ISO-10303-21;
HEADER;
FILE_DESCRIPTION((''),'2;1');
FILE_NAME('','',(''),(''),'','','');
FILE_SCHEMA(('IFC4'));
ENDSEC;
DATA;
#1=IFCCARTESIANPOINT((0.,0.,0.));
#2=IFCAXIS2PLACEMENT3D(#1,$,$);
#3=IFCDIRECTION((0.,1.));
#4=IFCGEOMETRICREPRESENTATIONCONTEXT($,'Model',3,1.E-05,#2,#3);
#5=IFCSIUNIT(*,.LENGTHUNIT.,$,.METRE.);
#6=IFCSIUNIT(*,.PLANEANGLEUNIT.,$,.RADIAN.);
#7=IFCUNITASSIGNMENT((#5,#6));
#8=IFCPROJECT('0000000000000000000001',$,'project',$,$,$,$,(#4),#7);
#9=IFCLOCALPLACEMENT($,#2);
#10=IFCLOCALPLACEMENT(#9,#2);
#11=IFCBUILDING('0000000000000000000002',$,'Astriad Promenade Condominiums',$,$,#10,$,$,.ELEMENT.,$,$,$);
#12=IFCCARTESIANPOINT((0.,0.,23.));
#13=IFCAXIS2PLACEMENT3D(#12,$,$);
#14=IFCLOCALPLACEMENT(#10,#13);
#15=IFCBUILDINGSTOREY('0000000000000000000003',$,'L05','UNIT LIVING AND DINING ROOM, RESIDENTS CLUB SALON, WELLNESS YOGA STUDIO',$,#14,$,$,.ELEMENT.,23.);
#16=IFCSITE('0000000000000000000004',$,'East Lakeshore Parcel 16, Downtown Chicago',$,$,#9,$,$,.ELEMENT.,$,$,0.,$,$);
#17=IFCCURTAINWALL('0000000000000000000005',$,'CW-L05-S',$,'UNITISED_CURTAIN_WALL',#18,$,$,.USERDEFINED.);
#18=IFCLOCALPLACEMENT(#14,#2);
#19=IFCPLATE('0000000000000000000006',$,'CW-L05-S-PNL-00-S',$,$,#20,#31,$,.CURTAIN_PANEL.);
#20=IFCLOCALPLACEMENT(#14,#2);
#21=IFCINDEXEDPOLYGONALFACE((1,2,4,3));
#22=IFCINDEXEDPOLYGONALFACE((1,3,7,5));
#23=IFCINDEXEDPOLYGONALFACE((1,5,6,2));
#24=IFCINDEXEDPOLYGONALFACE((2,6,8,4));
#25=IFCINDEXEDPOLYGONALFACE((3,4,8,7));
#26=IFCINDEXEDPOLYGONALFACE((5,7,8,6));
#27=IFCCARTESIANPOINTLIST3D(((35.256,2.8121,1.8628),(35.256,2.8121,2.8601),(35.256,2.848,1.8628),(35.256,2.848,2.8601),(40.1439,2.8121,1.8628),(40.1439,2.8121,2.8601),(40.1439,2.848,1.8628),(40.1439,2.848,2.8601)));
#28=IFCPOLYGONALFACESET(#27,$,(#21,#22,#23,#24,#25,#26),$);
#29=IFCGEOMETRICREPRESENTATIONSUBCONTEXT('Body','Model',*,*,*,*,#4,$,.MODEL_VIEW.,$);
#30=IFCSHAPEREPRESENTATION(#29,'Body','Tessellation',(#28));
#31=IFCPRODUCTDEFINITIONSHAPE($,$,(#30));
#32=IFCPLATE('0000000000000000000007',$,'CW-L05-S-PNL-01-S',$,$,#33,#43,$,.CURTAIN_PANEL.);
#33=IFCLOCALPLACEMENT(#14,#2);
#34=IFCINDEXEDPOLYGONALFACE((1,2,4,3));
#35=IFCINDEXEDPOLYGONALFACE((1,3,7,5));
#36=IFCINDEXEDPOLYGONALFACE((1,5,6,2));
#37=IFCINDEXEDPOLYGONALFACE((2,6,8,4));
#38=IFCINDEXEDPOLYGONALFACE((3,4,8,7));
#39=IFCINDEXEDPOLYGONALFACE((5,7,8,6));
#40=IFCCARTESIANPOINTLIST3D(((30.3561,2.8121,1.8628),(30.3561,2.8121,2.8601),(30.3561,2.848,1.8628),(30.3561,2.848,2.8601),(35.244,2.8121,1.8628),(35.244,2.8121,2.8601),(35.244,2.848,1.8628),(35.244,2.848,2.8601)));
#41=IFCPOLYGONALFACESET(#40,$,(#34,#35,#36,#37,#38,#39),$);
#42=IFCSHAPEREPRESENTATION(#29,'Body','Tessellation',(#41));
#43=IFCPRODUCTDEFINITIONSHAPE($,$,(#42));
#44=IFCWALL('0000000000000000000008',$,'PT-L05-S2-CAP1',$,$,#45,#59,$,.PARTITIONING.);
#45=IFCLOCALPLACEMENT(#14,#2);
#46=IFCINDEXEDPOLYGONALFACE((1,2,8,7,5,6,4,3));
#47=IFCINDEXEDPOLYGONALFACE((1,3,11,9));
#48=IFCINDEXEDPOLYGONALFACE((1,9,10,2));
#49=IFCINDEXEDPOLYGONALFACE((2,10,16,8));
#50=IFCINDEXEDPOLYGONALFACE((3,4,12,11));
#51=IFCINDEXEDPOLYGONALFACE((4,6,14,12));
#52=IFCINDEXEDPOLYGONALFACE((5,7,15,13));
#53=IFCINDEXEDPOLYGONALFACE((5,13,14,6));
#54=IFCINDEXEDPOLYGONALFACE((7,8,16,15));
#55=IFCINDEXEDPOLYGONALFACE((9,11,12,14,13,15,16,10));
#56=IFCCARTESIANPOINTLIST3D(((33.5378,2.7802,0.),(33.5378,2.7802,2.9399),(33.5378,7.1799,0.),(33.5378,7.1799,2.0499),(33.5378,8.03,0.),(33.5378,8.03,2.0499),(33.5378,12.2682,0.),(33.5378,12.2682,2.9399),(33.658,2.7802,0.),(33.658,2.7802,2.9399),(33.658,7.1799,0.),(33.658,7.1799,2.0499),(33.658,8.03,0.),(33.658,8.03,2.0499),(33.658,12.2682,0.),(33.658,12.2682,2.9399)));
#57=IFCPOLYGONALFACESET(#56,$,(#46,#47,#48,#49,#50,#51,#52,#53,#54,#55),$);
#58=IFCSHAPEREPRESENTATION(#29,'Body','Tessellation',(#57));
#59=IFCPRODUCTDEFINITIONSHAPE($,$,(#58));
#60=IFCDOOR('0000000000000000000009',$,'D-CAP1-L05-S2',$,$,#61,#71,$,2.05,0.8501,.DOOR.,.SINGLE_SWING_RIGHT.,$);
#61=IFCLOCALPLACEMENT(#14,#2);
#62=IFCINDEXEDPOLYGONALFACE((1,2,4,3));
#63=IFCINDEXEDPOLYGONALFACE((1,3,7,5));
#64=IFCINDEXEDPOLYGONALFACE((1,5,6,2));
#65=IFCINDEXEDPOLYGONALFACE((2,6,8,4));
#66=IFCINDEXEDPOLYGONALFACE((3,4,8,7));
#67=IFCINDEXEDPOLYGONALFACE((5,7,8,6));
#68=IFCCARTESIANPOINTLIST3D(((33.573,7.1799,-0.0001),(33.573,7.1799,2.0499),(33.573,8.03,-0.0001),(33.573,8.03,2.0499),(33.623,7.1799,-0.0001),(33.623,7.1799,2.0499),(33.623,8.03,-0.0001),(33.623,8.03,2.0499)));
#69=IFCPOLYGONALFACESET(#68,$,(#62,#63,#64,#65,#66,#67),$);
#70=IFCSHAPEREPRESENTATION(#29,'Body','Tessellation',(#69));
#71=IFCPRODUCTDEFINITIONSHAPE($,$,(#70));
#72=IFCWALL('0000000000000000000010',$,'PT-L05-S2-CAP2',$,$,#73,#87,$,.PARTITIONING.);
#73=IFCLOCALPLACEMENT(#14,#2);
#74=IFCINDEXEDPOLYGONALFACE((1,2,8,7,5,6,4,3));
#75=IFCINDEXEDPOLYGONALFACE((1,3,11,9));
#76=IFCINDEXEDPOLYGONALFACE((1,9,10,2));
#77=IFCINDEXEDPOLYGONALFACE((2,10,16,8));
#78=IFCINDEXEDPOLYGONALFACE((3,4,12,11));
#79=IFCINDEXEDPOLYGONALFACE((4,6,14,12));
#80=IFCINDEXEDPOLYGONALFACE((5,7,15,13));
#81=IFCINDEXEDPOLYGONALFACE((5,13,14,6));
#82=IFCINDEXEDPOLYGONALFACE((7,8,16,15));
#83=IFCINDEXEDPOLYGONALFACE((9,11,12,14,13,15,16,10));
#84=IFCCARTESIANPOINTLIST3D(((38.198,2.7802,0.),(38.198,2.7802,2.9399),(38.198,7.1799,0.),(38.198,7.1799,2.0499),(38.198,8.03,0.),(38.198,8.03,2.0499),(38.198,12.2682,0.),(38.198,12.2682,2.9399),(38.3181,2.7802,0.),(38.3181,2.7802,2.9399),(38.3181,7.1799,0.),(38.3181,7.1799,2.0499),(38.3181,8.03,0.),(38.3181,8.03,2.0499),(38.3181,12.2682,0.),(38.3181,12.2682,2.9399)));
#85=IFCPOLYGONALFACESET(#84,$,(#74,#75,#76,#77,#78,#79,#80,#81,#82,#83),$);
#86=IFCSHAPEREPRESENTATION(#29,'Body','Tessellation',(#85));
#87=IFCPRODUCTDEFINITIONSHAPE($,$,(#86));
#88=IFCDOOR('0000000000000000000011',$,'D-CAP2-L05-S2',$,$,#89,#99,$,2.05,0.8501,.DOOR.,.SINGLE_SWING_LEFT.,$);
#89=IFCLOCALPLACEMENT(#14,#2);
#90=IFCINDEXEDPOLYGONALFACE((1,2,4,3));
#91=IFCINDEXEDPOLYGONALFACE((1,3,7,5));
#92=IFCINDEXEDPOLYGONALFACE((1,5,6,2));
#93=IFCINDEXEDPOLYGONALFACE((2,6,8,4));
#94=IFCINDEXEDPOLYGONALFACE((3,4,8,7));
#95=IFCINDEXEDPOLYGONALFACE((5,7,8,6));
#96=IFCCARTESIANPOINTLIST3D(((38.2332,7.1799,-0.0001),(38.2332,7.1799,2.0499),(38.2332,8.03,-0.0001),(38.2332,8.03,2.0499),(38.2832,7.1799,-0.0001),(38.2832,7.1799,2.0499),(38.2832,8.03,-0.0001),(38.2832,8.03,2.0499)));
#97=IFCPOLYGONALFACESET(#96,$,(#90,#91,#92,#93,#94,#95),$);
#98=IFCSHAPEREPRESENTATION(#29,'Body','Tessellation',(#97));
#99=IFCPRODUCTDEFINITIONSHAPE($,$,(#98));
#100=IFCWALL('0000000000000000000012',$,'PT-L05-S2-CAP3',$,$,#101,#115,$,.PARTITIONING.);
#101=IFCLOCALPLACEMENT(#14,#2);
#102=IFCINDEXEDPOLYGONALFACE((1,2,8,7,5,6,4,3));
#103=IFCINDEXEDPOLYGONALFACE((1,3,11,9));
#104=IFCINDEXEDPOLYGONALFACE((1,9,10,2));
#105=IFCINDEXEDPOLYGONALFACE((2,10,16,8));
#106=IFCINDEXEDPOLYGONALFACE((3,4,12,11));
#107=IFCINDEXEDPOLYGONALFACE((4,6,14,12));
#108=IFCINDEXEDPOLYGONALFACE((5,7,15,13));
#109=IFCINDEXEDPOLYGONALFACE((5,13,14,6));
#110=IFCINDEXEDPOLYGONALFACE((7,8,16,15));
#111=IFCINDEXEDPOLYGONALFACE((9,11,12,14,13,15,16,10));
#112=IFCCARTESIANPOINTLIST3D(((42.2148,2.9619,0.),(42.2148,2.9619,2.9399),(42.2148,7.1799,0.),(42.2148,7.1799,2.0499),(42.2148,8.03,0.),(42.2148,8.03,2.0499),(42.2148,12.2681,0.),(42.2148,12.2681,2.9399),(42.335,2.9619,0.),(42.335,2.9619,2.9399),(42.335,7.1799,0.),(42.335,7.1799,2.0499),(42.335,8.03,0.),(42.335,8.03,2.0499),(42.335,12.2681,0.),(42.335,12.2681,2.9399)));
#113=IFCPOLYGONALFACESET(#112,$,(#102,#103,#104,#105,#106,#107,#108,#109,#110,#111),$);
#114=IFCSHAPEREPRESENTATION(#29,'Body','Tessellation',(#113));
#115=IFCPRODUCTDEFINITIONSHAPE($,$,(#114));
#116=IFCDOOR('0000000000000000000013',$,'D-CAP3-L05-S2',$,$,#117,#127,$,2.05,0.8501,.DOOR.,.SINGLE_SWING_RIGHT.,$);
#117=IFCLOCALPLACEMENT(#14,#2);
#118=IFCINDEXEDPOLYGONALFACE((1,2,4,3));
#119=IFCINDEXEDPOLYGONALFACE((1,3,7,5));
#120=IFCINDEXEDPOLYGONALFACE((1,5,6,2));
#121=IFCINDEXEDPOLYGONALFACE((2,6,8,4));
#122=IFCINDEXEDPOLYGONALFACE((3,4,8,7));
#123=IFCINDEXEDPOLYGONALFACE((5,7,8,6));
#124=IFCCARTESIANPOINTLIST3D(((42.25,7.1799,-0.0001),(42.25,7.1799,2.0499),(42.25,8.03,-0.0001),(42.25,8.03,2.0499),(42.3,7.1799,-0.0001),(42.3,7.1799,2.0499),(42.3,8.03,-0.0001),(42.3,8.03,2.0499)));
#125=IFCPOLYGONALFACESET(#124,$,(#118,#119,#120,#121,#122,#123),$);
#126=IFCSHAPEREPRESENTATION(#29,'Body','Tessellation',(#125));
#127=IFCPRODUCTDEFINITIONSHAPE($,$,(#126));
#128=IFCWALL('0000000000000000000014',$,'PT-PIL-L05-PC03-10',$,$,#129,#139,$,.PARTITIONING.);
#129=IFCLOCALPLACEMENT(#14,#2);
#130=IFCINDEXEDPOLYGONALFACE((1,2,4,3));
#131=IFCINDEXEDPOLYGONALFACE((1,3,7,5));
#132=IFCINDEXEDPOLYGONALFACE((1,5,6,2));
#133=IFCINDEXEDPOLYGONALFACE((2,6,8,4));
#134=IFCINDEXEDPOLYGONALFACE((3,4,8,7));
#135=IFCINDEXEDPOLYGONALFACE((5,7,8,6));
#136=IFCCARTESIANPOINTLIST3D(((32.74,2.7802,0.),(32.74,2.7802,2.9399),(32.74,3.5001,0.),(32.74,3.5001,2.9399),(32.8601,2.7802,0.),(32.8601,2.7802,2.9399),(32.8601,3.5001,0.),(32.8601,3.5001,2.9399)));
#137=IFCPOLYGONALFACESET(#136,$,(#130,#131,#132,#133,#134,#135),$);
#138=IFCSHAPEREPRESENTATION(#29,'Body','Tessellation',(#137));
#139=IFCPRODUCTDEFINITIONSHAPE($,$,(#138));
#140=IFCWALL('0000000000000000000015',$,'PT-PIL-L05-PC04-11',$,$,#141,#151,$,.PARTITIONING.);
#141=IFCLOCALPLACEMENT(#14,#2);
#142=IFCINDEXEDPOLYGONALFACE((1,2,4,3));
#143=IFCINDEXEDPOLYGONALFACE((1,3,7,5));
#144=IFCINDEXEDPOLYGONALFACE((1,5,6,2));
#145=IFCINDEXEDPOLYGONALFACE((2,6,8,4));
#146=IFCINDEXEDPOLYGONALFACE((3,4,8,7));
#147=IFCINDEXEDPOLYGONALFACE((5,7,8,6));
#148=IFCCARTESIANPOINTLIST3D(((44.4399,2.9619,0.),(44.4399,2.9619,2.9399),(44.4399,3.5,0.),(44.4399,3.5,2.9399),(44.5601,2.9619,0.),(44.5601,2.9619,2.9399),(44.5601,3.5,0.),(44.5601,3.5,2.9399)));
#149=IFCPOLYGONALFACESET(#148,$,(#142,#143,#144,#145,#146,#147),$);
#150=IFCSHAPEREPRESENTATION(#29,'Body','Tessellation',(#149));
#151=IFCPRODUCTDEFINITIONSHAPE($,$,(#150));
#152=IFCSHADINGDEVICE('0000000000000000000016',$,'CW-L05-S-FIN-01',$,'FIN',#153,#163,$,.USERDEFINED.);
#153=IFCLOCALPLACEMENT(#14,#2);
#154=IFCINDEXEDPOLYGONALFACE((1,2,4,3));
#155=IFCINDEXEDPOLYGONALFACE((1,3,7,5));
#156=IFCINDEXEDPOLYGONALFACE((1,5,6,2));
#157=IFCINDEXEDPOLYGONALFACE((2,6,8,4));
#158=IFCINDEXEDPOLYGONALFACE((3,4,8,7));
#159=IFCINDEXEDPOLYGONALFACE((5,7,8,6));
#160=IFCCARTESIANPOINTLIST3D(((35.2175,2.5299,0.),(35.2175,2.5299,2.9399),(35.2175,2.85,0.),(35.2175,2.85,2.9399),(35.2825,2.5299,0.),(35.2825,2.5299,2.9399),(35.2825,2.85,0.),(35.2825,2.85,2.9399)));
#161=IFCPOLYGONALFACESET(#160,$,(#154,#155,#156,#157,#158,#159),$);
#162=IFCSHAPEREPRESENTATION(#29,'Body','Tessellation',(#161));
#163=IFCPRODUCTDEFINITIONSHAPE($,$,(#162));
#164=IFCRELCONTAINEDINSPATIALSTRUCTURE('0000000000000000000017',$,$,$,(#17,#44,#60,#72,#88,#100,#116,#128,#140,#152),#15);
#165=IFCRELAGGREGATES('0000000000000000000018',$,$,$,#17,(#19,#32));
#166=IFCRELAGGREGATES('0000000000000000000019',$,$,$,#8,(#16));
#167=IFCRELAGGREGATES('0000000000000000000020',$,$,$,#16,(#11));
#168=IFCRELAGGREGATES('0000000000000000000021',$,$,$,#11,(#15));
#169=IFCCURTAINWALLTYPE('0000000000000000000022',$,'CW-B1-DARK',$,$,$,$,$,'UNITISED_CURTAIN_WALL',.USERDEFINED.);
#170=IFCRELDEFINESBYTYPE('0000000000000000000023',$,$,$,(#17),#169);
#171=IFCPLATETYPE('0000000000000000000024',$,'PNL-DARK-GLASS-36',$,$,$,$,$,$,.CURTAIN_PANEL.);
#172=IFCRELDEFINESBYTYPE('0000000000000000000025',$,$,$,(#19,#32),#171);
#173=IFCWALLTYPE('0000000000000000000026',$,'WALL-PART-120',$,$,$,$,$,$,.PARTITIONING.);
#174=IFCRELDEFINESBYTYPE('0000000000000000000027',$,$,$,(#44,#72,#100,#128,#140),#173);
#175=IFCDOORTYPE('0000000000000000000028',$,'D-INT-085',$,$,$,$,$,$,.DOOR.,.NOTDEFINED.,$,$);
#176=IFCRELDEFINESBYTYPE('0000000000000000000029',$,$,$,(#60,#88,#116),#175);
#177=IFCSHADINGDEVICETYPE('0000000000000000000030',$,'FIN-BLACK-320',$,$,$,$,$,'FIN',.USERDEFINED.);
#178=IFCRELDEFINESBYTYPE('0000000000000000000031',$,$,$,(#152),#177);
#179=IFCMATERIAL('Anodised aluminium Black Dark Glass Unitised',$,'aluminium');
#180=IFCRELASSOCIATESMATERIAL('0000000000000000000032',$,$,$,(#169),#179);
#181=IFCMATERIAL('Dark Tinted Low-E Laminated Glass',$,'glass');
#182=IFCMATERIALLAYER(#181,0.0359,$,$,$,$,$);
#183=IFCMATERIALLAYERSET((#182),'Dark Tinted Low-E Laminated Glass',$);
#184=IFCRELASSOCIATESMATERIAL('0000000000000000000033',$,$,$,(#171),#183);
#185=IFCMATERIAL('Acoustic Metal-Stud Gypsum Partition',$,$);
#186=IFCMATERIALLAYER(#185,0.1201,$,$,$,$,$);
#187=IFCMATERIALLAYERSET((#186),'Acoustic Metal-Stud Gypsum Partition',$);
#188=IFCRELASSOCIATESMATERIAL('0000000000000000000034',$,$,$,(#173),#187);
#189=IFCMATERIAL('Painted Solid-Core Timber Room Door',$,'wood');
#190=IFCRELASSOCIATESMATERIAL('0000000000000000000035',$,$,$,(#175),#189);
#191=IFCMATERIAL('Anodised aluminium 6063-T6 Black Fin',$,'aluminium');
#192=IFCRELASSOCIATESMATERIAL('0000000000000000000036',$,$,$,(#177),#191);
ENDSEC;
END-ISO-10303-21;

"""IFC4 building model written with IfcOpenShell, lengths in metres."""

from ifc_helpers import new_model, si_unit, direction, frame, frame_2d, origin, origin_2d, place, context, subcontext, project, spatial, rectangle, extrude, source, transform, mapped, material, layer, layer_set, type_object, type_shapes, element, fill, aggregate, save


model = new_model("IFC4")

# Units and contexts
model_context = context("Model", 3, precision=1e-05, world=origin(), true_north=direction((0.0, 1.0)))
body_context = subcontext(model_context, "Body", "Model", "MODEL_VIEW")
ifc_project = project(units=[si_unit("LENGTHUNIT", "METRE"), si_unit("PLANEANGLEUNIT", "RADIAN")], contexts=[model_context])

# Site, building, storey
site_placement = place(None, origin())
site = spatial("IfcSite", under=ifc_project, at=site_placement, Name="East Lakeshore Parcel 16, Downtown Chicago", CompositionType="ELEMENT", RefElevation=0.0)
building_placement = place(site_placement, origin())
building = spatial("IfcBuilding", under=site, at=building_placement, Name="Astriad Promenade Condominiums", CompositionType="ELEMENT")
storey_placement = place(building_placement, frame((0.0, 0.0, 23.0)))
storey = spatial("IfcBuildingStorey", under=building, at=storey_placement, Name="L05", Description="UNIT LIVING AND DINING ROOM, RESIDENTS CLUB SALON, WELLNESS YOGA STUDIO", CompositionType="ELEMENT", Elevation=23.0)

# Curtain wall, plates
ifc_material_1 = material(Name="Anodised aluminium Black Dark Glass Unitised", Category="aluminium")
curtain_wall_type = type_object("IfcCurtainWallType", Name="CW-B1-DARK", ElementType="UNITISED_CURTAIN_WALL", PredefinedType="USERDEFINED", material=ifc_material_1)
curtain_wall_placement = place(storey_placement, origin())
curtain_wall = element("IfcCurtainWall", 1, at=curtain_wall_placement, inside=storey, type_object=curtain_wall_type, Name="CW-L05-S", ObjectType="UNITISED_CURTAIN_WALL", PredefinedType="USERDEFINED")
ifc_material_2 = material(Name="Dark Tinted Low-E Laminated Glass", Category="glass")
ifc_layer_1 = layer(ifc_material_2, 0.0359)
ifc_layer_set_1 = layer_set([ifc_layer_1], Name="Dark Tinted Low-E Laminated Glass")
plate_type = type_object("IfcPlateType", Name="PNL-DARK-GLASS-36", PredefinedType="CURTAIN_PANEL", material=ifc_layer_set_1)
shared_shape_1 = source(origin(), body_context, "Body", "SweptSolid", [
    extrude(rectangle(XDim=4.8879, YDim=0.0359, at=origin_2d()), origin(), (0.0, 0.0, 1.0), 0.9973),
])
plate_1_placement = place(storey_placement, frame((37.7, 2.8301, 1.8628), z_axis=(0.0, 0.0, 1.0), x_axis=(-1.0, 0.0, 0.0)))
plate_1 = element("IfcPlate", 2, at=plate_1_placement, type_object=plate_type, Name="CW-L05-S-PNL-00-S", PredefinedType="CURTAIN_PANEL", context=body_context, shape_type="MappedRepresentation", body=[
    mapped(shared_shape_1, transform((0.0, 0.0, 0.0), scale=1.0)),
])
plate_2_placement = place(storey_placement, frame((32.8, 2.8301, 1.8628), z_axis=(0.0, 0.0, 1.0), x_axis=(-1.0, 0.0, 0.0)))
plate_2 = element("IfcPlate", 3, at=plate_2_placement, type_object=plate_type, Name="CW-L05-S-PNL-01-S", PredefinedType="CURTAIN_PANEL", context=body_context, shape_type="MappedRepresentation", body=[
    mapped(shared_shape_1, transform((0.0, 0.0, 0.0), scale=1.0)),
])
aggregate(curtain_wall, [plate_1, plate_2])

# Walls, openings, doors
ifc_material_3 = material(Name="Acoustic Metal-Stud Gypsum Partition")
ifc_layer_2 = layer(ifc_material_3, 0.1201)
ifc_layer_set_2 = layer_set([ifc_layer_2], Name="Acoustic Metal-Stud Gypsum Partition")
wall_type = type_object("IfcWallType", Name="WALL-PART-120", PredefinedType="PARTITIONING", material=ifc_layer_set_2)
wall_1_placement = place(storey_placement, frame((33.5979, 2.78, 0.0), z_axis=(0.0, 0.0, 1.0), x_axis=(0.0, 1.0, 0.0)))
wall_1 = element("IfcWall", 4, at=wall_1_placement, inside=storey, type_object=wall_type, Name="PT-L05-S2-CAP1", PredefinedType="PARTITIONING", context=body_context, shape_type="SweptSolid", body=[
    extrude(rectangle(XDim=9.488, YDim=0.1201, at=frame_2d((4.7441, 0.0))), origin(), (0.0, 0.0, 1.0), 2.9399),
])
opening_1_placement = place(wall_1_placement, frame((4.3999, 0.0, 0.0)))
opening_1 = element("IfcOpeningElement", 5, at=opening_1_placement, cuts=wall_1, PredefinedType="OPENING", context=body_context, shape_type="SweptSolid", body=[
    extrude(rectangle(XDim=0.8501, YDim=2.05, at=frame_2d((0.425, 1.0249))), frame((0.0, 0.0701, 0.0), z_axis=(0.0, -1.0, 0.0), x_axis=(1.0, 0.0, 0.0)), (0.0, 0.0, 1.0), 0.1401),
])
ifc_material_4 = material(Name="Painted Solid-Core Timber Room Door", Category="wood")
door_type = type_object("IfcDoorType", Name="D-INT-085", OperationType="NOTDEFINED", PredefinedType="DOOR", material=ifc_material_4)
shared_shape_2 = source(origin(), body_context, "Body", "SweptSolid", [
    extrude(rectangle(XDim=0.8501, YDim=2.05, at=frame_2d((0.425, 1.0249))), frame((0.0, 0.0249, 0.0), z_axis=(0.0, -1.0, 0.0), x_axis=(1.0, 0.0, 0.0)), (0.0, 0.0, 1.0), 0.05),
])
type_shapes(door_type, [shared_shape_2])
door_1_placement = place(opening_1_placement, origin())
door_1 = element("IfcDoor", 6, at=door_1_placement, inside=storey, type_object=door_type, Name="D-CAP1-L05-S2", OperationType="SINGLE_SWING_RIGHT", OverallHeight=2.05, OverallWidth=0.8501, PredefinedType="DOOR", context=body_context, shape_type="MappedRepresentation", body=[
    mapped(shared_shape_2, transform((0.0, 0.0, 0.0), scale=1.0)),
])
fill(opening_1, door_1)
wall_2_placement = place(storey_placement, frame((38.2581, 2.78, 0.0), z_axis=(0.0, 0.0, 1.0), x_axis=(0.0, 1.0, 0.0)))
wall_2 = element("IfcWall", 7, at=wall_2_placement, inside=storey, type_object=wall_type, Name="PT-L05-S2-CAP2", PredefinedType="PARTITIONING", context=body_context, shape_type="SweptSolid", body=[
    extrude(rectangle(XDim=9.488, YDim=0.1201, at=frame_2d((4.7441, 0.0))), origin(), (0.0, 0.0, 1.0), 2.9399),
])
opening_2_placement = place(wall_2_placement, frame((4.3999, 0.0, 0.0)))
opening_2 = element("IfcOpeningElement", 8, at=opening_2_placement, cuts=wall_2, PredefinedType="OPENING", context=body_context, shape_type="SweptSolid", body=[
    extrude(rectangle(XDim=0.8501, YDim=2.05, at=frame_2d((0.425, 1.0249))), frame((0.0, 0.0701, 0.0), z_axis=(0.0, -1.0, 0.0), x_axis=(1.0, 0.0, 0.0)), (0.0, 0.0, 1.0), 0.1401),
])
door_2_placement = place(opening_2_placement, origin())
door_2 = element("IfcDoor", 9, at=door_2_placement, inside=storey, type_object=door_type, Name="D-CAP2-L05-S2", OperationType="SINGLE_SWING_LEFT", OverallHeight=2.05, OverallWidth=0.8501, PredefinedType="DOOR", context=body_context, shape_type="MappedRepresentation", body=[
    mapped(shared_shape_2, transform((0.0, 0.0, 0.0), scale=1.0)),
])
fill(opening_2, door_2)
wall_3_placement = place(storey_placement, frame((42.2749, 2.9619, 0.0), z_axis=(0.0, 0.0, 1.0), x_axis=(0.0, 1.0, 0.0)))
wall_3 = element("IfcWall", 10, at=wall_3_placement, inside=storey, type_object=wall_type, Name="PT-L05-S2-CAP3", PredefinedType="PARTITIONING", context=body_context, shape_type="SweptSolid", body=[
    extrude(rectangle(XDim=9.3062, YDim=0.1201, at=frame_2d((4.6531, 0.0))), origin(), (0.0, 0.0, 1.0), 2.9399),
])
opening_3_placement = place(wall_3_placement, frame((4.218, 0.0, 0.0)))
opening_3 = element("IfcOpeningElement", 11, at=opening_3_placement, cuts=wall_3, PredefinedType="OPENING", context=body_context, shape_type="SweptSolid", body=[
    extrude(rectangle(XDim=0.8501, YDim=2.05, at=frame_2d((0.425, 1.0249))), frame((0.0, 0.0701, 0.0), z_axis=(0.0, -1.0, 0.0), x_axis=(1.0, 0.0, 0.0)), (0.0, 0.0, 1.0), 0.1401),
])
door_3_placement = place(opening_3_placement, origin())
door_3 = element("IfcDoor", 12, at=door_3_placement, inside=storey, type_object=door_type, Name="D-CAP3-L05-S2", OperationType="SINGLE_SWING_RIGHT", OverallHeight=2.05, OverallWidth=0.8501, PredefinedType="DOOR", context=body_context, shape_type="MappedRepresentation", body=[
    mapped(shared_shape_2, transform((0.0, 0.0, 0.0), scale=1.0)),
])
fill(opening_3, door_3)

# Walls
wall_4_placement = place(storey_placement, frame((32.8, 3.5, 0.0), z_axis=(0.0, 0.0, 1.0), x_axis=(0.0, -1.0, 0.0)))
element("IfcWall", 13, at=wall_4_placement, inside=storey, type_object=wall_type, Name="PT-PIL-L05-PC03-10", PredefinedType="PARTITIONING", context=body_context, shape_type="SweptSolid", body=[
    extrude(rectangle(XDim=0.72, YDim=0.1201, at=frame_2d((0.3599, 0.0))), origin(), (0.0, 0.0, 1.0), 2.9399),
])
wall_5_placement = place(storey_placement, frame((44.5, 3.5, 0.0), z_axis=(0.0, 0.0, 1.0), x_axis=(0.0, -1.0, 0.0)))
element("IfcWall", 14, at=wall_5_placement, inside=storey, type_object=wall_type, Name="PT-PIL-L05-PC04-11", PredefinedType="PARTITIONING", context=body_context, shape_type="SweptSolid", body=[
    extrude(rectangle(XDim=0.5381, YDim=0.1201, at=frame_2d((0.269, 0.0))), origin(), (0.0, 0.0, 1.0), 2.9399),
])

# Shading device
ifc_material_5 = material(Name="Anodised aluminium 6063-T6 Black Fin", Category="aluminium")
shading_device_type = type_object("IfcShadingDeviceType", Name="FIN-BLACK-320", ElementType="FIN", PredefinedType="USERDEFINED", material=ifc_material_5)
shared_shape_3 = source(origin(), body_context, "Body", "SweptSolid", [
    extrude(rectangle(XDim=0.0649, YDim=0.3201, at=origin_2d()), origin(), (0.0, 0.0, 1.0), 2.9399),
])
type_shapes(shading_device_type, [shared_shape_3])
shading_device_placement = place(storey_placement, frame((35.25, 2.6899, 0.0), z_axis=(0.0, 0.0, 1.0), x_axis=(-1.0, 0.0, 0.0)))
element("IfcShadingDevice", 15, at=shading_device_placement, inside=storey, type_object=shading_device_type, Name="CW-L05-S-FIN-01", ObjectType="FIN", PredefinedType="USERDEFINED", context=body_context, shape_type="MappedRepresentation", body=[
    mapped(shared_shape_3, transform((0.0, 0.0, 0.0), scale=1.0)),
])

save(model, "model.ifc")
